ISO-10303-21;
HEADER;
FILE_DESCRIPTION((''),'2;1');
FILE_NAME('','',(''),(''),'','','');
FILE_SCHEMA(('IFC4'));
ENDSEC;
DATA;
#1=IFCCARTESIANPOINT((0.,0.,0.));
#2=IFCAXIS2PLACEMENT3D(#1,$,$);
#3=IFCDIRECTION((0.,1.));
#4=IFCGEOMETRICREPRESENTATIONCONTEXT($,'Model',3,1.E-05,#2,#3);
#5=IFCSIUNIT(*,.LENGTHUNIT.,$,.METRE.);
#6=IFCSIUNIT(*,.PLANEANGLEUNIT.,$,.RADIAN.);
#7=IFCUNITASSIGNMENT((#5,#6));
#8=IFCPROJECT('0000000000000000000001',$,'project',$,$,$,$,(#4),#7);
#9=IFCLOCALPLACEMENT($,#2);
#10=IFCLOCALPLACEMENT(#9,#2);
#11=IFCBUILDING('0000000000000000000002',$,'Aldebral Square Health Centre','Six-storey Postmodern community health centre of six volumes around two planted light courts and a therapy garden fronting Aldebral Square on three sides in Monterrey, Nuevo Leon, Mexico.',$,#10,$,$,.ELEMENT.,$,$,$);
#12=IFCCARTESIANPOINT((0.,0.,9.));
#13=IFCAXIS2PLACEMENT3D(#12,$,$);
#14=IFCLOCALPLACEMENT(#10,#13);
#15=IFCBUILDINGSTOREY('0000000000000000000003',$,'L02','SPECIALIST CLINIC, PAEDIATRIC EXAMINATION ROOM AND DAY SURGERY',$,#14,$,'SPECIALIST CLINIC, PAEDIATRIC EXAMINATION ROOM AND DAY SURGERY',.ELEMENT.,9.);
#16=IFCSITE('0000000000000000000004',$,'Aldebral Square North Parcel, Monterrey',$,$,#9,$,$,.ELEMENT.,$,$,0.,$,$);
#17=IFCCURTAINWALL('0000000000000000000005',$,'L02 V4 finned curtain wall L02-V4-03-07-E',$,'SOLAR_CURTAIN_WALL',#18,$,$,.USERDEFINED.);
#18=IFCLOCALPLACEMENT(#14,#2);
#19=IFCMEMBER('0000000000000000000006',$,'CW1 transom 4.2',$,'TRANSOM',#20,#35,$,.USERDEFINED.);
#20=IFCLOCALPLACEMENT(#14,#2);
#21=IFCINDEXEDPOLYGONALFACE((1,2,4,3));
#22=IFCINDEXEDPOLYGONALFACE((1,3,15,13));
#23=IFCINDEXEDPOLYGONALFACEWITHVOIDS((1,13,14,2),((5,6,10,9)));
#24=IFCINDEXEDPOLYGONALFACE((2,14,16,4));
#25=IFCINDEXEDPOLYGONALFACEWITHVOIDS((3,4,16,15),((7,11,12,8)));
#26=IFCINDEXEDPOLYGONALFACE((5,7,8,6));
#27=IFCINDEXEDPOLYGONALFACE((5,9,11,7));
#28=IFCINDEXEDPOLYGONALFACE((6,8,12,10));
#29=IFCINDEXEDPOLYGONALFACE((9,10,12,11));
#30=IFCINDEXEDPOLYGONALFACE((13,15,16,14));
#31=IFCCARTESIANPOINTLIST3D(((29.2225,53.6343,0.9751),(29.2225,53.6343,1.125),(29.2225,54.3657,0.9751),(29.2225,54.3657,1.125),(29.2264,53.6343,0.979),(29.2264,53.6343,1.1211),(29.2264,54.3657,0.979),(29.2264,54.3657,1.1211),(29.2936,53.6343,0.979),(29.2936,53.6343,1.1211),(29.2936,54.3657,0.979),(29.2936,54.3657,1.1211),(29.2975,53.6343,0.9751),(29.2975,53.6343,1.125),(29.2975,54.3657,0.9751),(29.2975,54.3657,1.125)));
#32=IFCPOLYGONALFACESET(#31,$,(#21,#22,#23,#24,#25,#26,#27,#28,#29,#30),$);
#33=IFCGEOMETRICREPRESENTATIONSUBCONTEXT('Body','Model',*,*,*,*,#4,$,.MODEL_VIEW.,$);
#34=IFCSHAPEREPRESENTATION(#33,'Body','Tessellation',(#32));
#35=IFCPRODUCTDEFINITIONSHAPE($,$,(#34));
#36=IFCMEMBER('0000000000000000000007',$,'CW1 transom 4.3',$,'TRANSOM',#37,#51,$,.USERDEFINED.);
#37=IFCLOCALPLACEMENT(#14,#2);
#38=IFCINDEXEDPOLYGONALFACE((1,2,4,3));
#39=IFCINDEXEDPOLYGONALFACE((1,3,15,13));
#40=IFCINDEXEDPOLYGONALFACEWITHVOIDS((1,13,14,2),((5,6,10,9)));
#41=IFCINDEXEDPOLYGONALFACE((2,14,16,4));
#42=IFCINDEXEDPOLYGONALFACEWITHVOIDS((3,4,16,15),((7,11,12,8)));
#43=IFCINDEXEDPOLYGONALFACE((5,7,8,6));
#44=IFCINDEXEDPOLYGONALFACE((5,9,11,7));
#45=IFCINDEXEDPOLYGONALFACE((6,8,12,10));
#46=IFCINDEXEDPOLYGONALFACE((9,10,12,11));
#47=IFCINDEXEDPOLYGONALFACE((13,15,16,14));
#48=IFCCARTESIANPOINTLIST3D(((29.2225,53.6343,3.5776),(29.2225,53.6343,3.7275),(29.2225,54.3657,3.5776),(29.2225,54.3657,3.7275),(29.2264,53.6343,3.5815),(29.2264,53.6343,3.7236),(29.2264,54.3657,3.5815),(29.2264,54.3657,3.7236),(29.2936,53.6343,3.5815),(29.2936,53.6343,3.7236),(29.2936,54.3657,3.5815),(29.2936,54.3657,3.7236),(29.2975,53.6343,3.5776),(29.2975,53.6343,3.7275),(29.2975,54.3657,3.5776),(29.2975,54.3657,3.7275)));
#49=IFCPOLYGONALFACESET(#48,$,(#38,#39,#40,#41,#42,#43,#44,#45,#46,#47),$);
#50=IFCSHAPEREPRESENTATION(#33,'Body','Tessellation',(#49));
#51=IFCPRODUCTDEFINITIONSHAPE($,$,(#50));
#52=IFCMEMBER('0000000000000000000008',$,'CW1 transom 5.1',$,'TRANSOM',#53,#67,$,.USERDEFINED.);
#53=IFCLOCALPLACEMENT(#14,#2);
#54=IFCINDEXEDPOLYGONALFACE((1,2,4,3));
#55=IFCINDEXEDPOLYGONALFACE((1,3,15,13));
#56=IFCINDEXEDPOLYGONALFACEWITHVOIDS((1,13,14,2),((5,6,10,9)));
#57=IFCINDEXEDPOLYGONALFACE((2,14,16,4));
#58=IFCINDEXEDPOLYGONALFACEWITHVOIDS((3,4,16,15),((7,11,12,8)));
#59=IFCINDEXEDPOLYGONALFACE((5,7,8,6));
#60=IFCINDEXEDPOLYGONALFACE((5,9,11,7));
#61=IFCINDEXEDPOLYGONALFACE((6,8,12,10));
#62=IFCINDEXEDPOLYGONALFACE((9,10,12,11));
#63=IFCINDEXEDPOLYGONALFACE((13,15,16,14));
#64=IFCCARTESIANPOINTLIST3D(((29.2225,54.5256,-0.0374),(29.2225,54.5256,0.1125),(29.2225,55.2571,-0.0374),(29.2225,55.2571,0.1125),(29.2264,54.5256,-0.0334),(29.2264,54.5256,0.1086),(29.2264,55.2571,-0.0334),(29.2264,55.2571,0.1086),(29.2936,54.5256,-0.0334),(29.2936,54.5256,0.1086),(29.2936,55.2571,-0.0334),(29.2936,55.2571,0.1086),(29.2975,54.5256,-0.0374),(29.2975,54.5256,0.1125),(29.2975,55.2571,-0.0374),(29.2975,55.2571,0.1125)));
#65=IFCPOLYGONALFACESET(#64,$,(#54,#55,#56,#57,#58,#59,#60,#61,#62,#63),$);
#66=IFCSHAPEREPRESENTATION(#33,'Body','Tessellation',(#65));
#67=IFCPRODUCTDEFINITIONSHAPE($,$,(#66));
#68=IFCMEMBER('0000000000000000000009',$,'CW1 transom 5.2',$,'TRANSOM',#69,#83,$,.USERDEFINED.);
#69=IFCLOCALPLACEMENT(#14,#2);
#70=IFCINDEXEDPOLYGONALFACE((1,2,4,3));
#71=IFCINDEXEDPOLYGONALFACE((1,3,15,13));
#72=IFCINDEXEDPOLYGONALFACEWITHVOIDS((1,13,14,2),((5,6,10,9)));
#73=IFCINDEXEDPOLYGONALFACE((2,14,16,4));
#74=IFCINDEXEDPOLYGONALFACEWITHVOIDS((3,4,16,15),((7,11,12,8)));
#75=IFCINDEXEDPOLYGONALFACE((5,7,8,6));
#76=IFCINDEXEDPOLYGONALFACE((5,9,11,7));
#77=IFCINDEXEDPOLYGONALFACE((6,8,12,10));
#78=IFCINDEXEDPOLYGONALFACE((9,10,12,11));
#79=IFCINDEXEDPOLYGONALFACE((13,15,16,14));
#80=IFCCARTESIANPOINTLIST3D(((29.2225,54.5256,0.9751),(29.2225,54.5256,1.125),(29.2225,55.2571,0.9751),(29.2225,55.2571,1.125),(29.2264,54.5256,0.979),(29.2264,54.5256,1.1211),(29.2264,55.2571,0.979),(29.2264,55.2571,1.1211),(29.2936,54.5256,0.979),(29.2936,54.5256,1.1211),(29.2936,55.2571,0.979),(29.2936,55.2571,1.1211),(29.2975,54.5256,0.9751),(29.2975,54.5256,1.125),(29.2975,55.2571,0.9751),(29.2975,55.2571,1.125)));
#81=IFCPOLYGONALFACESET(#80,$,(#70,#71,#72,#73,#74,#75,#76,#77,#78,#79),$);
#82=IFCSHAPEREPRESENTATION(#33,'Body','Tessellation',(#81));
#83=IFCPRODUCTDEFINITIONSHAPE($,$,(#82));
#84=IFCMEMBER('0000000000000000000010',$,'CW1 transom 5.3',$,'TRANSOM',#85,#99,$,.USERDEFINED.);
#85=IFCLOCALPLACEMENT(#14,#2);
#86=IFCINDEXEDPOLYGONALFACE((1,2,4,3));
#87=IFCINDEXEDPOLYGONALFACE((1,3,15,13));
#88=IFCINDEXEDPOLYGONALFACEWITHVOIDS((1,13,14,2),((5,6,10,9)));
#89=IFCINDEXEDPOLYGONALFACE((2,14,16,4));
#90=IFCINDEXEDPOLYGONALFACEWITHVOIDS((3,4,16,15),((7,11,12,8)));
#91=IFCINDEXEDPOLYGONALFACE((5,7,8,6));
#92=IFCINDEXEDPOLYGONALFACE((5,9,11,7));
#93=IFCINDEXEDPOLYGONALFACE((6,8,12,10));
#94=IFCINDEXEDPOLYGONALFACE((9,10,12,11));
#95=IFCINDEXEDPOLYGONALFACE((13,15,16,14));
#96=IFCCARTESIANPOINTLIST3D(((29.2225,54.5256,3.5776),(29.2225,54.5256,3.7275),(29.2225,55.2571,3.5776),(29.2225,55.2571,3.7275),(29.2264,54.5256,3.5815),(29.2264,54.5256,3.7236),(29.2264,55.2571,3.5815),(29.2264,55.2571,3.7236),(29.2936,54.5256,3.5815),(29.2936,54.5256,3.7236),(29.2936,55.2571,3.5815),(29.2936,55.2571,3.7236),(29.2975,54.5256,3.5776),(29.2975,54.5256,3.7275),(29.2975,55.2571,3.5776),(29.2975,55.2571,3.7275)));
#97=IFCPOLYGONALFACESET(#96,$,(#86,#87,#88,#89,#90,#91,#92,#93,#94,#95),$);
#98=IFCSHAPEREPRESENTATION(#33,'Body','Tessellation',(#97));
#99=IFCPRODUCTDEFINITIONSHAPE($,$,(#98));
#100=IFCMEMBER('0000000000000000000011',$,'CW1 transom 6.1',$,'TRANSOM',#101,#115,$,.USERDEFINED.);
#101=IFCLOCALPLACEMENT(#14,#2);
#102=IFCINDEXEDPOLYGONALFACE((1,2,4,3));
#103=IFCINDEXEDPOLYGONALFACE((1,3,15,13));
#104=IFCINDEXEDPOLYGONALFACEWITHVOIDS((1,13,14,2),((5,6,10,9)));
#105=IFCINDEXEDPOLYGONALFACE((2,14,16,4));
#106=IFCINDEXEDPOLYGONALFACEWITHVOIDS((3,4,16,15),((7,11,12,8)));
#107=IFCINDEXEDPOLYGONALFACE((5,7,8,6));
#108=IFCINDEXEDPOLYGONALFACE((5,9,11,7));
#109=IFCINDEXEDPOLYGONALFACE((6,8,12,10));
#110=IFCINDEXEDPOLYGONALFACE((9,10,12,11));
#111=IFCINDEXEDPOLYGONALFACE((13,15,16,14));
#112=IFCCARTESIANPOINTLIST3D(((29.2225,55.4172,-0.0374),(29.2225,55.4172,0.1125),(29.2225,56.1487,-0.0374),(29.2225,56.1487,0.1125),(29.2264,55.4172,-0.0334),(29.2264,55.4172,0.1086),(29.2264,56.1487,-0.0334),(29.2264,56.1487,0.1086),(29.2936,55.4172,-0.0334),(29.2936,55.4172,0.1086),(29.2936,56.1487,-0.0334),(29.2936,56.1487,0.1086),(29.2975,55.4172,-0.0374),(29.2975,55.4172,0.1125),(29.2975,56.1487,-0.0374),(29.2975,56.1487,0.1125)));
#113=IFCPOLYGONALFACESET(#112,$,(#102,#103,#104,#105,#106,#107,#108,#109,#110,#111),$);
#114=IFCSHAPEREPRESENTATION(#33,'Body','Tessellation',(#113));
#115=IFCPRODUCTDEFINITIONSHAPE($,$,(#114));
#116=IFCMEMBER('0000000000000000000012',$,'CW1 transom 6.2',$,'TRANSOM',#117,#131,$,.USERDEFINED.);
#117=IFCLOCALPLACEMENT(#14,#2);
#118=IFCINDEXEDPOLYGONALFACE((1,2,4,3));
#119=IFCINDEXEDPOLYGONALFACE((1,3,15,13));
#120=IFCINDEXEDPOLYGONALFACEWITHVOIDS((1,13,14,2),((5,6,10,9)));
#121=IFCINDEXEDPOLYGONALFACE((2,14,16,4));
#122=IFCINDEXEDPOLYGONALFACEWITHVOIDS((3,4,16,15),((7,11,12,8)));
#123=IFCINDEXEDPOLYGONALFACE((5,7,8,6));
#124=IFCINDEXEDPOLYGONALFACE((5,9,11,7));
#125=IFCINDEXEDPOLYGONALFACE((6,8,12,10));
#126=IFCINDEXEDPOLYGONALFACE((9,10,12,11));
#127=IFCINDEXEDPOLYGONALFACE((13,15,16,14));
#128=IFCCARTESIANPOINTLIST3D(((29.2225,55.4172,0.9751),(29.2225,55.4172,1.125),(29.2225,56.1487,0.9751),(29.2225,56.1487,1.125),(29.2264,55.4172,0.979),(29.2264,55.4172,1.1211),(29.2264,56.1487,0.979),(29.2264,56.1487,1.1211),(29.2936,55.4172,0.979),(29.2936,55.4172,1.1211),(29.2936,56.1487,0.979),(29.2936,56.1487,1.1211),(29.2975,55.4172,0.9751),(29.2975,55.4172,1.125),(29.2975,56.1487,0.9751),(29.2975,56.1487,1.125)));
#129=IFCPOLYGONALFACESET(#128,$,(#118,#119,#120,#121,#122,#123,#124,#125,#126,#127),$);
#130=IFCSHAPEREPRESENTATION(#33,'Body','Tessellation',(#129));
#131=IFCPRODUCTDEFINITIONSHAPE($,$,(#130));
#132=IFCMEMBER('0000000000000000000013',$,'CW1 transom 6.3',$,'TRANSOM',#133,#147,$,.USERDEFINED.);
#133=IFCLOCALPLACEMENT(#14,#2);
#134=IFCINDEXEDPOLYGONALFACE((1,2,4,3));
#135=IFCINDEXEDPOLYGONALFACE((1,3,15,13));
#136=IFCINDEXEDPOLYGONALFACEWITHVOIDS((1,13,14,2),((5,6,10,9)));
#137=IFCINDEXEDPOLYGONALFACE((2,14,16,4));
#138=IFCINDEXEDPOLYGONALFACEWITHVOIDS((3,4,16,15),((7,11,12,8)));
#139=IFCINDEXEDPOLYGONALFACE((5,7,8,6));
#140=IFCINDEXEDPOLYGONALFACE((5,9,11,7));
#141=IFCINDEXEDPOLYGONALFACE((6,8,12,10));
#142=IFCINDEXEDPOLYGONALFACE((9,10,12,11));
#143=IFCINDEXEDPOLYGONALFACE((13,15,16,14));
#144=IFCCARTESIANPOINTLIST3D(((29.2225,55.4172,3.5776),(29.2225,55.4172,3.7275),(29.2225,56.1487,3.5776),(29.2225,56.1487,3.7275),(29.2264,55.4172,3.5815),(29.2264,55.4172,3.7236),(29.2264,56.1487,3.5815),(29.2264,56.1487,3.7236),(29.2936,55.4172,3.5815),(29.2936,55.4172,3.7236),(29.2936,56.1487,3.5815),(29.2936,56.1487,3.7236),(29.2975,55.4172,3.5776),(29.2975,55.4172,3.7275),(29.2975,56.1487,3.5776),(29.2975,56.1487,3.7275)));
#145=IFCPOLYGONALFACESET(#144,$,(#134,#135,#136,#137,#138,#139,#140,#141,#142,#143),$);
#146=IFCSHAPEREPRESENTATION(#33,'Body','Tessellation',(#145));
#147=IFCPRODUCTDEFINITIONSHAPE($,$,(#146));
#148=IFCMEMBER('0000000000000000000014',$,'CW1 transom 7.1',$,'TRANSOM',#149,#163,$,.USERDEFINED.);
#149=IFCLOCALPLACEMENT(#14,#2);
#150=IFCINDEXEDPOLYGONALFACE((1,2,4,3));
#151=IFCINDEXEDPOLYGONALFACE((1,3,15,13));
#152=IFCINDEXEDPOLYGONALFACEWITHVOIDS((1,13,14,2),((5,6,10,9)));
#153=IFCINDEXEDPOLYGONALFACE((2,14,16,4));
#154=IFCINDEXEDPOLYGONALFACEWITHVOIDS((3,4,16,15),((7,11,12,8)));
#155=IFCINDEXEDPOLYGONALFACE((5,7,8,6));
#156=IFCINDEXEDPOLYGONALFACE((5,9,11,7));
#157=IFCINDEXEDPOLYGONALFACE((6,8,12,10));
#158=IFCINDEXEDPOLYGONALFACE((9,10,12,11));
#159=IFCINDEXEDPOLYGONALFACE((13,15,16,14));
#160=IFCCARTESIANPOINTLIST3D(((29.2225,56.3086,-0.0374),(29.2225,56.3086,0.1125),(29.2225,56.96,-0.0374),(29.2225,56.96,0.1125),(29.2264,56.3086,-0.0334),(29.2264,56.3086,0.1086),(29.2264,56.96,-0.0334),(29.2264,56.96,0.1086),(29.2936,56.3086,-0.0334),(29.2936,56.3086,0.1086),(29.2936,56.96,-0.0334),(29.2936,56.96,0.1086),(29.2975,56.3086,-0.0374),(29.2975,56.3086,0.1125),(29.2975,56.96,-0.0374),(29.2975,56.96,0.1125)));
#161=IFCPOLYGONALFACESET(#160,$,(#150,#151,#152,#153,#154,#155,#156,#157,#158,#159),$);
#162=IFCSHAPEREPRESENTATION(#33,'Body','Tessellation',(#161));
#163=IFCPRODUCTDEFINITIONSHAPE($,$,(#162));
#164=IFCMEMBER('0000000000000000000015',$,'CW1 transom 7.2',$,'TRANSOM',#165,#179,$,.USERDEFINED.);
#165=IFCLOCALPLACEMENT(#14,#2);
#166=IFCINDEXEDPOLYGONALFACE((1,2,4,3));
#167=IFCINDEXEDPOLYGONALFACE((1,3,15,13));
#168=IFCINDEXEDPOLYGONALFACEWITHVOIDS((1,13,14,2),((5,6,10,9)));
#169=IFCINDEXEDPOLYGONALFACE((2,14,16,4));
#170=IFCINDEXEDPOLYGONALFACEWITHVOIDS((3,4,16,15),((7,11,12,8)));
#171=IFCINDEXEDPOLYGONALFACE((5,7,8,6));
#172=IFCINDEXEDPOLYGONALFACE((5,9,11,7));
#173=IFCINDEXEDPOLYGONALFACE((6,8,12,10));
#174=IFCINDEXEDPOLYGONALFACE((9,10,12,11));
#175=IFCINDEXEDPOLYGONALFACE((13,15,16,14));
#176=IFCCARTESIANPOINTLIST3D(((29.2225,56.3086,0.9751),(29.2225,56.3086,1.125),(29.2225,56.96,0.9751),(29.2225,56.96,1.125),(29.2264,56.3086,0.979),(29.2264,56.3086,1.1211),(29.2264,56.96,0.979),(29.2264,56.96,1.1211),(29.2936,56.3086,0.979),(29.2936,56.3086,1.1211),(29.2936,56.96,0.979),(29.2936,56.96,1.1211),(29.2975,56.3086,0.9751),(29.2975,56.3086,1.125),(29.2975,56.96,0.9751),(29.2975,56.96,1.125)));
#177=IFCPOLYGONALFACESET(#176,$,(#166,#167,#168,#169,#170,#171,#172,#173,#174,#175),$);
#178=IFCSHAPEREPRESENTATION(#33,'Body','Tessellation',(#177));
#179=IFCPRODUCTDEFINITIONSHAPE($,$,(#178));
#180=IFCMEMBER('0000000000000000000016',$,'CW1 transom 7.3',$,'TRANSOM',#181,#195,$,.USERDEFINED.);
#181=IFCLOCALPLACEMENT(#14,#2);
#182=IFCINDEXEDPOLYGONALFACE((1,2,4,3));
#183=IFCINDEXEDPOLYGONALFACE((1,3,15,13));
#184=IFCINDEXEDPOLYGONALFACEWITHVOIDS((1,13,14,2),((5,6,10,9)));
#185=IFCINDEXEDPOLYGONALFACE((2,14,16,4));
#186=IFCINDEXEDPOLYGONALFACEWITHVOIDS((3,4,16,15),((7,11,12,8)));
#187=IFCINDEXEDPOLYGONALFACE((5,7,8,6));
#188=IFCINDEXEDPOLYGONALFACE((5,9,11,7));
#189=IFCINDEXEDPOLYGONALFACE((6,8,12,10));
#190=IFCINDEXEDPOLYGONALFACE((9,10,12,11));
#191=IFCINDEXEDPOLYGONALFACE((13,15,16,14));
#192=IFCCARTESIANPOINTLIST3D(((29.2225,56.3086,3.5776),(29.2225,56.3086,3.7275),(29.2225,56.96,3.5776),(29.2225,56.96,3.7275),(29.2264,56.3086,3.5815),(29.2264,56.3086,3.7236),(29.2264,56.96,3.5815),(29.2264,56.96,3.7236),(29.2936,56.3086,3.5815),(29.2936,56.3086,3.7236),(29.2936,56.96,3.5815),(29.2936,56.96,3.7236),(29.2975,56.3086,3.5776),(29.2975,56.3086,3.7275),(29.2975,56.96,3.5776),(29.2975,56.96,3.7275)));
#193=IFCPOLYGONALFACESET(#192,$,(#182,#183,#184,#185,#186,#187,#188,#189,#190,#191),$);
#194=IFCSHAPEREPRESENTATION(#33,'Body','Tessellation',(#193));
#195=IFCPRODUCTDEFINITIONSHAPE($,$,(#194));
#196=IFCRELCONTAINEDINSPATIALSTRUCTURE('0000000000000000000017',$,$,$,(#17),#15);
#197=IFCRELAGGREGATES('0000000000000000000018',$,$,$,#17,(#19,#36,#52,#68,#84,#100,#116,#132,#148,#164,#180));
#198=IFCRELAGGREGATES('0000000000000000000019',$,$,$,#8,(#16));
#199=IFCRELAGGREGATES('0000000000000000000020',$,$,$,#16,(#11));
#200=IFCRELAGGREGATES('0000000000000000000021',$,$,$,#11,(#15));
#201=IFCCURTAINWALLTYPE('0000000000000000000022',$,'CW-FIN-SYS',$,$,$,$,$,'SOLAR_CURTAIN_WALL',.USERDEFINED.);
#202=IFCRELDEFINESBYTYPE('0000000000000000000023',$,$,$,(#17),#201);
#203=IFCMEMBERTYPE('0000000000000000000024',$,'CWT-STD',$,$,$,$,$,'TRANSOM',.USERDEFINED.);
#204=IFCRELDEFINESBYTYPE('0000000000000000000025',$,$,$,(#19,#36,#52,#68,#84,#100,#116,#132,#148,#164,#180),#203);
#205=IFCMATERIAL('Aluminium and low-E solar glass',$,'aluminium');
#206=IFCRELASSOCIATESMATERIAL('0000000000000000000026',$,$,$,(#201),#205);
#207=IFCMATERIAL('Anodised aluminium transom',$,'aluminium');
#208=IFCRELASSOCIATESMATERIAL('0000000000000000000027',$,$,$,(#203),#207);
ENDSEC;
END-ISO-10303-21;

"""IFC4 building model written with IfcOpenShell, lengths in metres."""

from ifc_helpers import new_model, si_unit, direction, frame, origin, origin_2d, place, context, subcontext, project, spatial, hollow_rectangle, extrude, material, material_profile, profile_set, type_object, element, aggregate, save


model = new_model("IFC4")

# Units and contexts
model_context = context("Model", 3, precision=1e-05, world=origin(), true_north=direction((0.0, 1.0)))
body_context = subcontext(model_context, "Body", "Model", "MODEL_VIEW")
ifc_project = project(units=[si_unit("LENGTHUNIT", "METRE"), si_unit("PLANEANGLEUNIT", "RADIAN")], contexts=[model_context])

# Site, building, storey
site_placement = place(None, origin())
site = spatial("IfcSite", under=ifc_project, at=site_placement, Name="Aldebral Square North Parcel, Monterrey", CompositionType="ELEMENT", RefElevation=0.0)
building_placement = place(site_placement, origin())
building = spatial("IfcBuilding", under=site, at=building_placement, Name="Aldebral Square Health Centre", Description="Six-storey Postmodern community health centre of six volumes around two planted light courts and a therapy garden fronting Aldebral Square on three sides in Monterrey, Nuevo Leon, Mexico.", CompositionType="ELEMENT")
storey_placement = place(building_placement, frame((0.0, 0.0, 9.0)))
storey = spatial("IfcBuildingStorey", under=building, at=storey_placement, Name="L02", Description="SPECIALIST CLINIC, PAEDIATRIC EXAMINATION ROOM AND DAY SURGERY", LongName="SPECIALIST CLINIC, PAEDIATRIC EXAMINATION ROOM AND DAY SURGERY", CompositionType="ELEMENT", Elevation=9.0)

# Curtain wall, members
ifc_material_1 = material(Name="Aluminium and low-E solar glass", Category="aluminium")
curtain_wall_type = type_object("IfcCurtainWallType", Name="CW-FIN-SYS", ElementType="SOLAR_CURTAIN_WALL", PredefinedType="USERDEFINED", material=ifc_material_1)
curtain_wall_placement = place(storey_placement, origin())
curtain_wall = element("IfcCurtainWall", 1, at=curtain_wall_placement, inside=storey, type_object=curtain_wall_type, Name="L02 V4 finned curtain wall L02-V4-03-07-E", ObjectType="SOLAR_CURTAIN_WALL", PredefinedType="USERDEFINED")
ifc_material_2 = material(Name="Anodised aluminium transom", Category="aluminium")
ifc_material_profile_1 = material_profile(ifc_material_2, hollow_rectangle(XDim=0.075, YDim=0.1499, WallThickness=0.0039, at=origin_2d()), Name="CWT 75x150x4")
ifc_profile_set_1 = profile_set([ifc_material_profile_1], Name="Anodised aluminium transom")
member_type_1 = type_object("IfcMemberType", Name="CWT-STD", ElementType="TRANSOM", PredefinedType="USERDEFINED", material=ifc_profile_set_1)
member_1_placement = place(storey_placement, frame((29.26, 53.6343, 1.05), z_axis=(0.0, 1.0, 0.0), x_axis=(-1.0, 0.0, 0.0)))
member_1 = element("IfcMember", 2, at=member_1_placement, type_object=member_type_1, Name="CW1 transom 4.2", ObjectType="TRANSOM", PredefinedType="USERDEFINED", context=body_context, shape_type="SweptSolid", body=[
    extrude(hollow_rectangle(XDim=0.075, YDim=0.1499, WallThickness=0.0039, at=origin_2d()), origin(), (0.0, 0.0, 1.0), 0.7314),
])
member_2_placement = place(storey_placement, frame((29.26, 53.6343, 3.6526), z_axis=(0.0, 1.0, 0.0), x_axis=(-1.0, 0.0, 0.0)))
member_2 = element("IfcMember", 3, at=member_2_placement, type_object=member_type_1, Name="CW1 transom 4.3", ObjectType="TRANSOM", PredefinedType="USERDEFINED", context=body_context, shape_type="SweptSolid", body=[
    extrude(hollow_rectangle(XDim=0.075, YDim=0.1499, WallThickness=0.0039, at=origin_2d()), origin(), (0.0, 0.0, 1.0), 0.7314),
])
member_3_placement = place(storey_placement, frame((29.26, 54.5256, 0.0376), z_axis=(0.0, 1.0, 0.0), x_axis=(-1.0, 0.0, 0.0)))
member_3 = element("IfcMember", 4, at=member_3_placement, type_object=member_type_1, Name="CW1 transom 5.1", ObjectType="TRANSOM", PredefinedType="USERDEFINED", context=body_context, shape_type="SweptSolid", body=[
    extrude(hollow_rectangle(XDim=0.075, YDim=0.1499, WallThickness=0.0039, at=origin_2d()), origin(), (0.0, 0.0, 1.0), 0.7314),
])
member_4_placement = place(storey_placement, frame((29.26, 54.5256, 1.05), z_axis=(0.0, 1.0, 0.0), x_axis=(-1.0, 0.0, 0.0)))
member_4 = element("IfcMember", 5, at=member_4_placement, type_object=member_type_1, Name="CW1 transom 5.2", ObjectType="TRANSOM", PredefinedType="USERDEFINED", context=body_context, shape_type="SweptSolid", body=[
    extrude(hollow_rectangle(XDim=0.075, YDim=0.1499, WallThickness=0.0039, at=origin_2d()), origin(), (0.0, 0.0, 1.0), 0.7314),
])
member_5_placement = place(storey_placement, frame((29.26, 54.5256, 3.6526), z_axis=(0.0, 1.0, 0.0), x_axis=(-1.0, 0.0, 0.0)))
member_5 = element("IfcMember", 6, at=member_5_placement, type_object=member_type_1, Name="CW1 transom 5.3", ObjectType="TRANSOM", PredefinedType="USERDEFINED", context=body_context, shape_type="SweptSolid", body=[
    extrude(hollow_rectangle(XDim=0.075, YDim=0.1499, WallThickness=0.0039, at=origin_2d()), origin(), (0.0, 0.0, 1.0), 0.7314),
])
member_6_placement = place(storey_placement, frame((29.26, 55.4172, 0.0376), z_axis=(0.0, 1.0, 0.0), x_axis=(-1.0, 0.0, 0.0)))
member_6 = element("IfcMember", 7, at=member_6_placement, type_object=member_type_1, Name="CW1 transom 6.1", ObjectType="TRANSOM", PredefinedType="USERDEFINED", context=body_context, shape_type="SweptSolid", body=[
    extrude(hollow_rectangle(XDim=0.075, YDim=0.1499, WallThickness=0.0039, at=origin_2d()), origin(), (0.0, 0.0, 1.0), 0.7314),
])
member_7_placement = place(storey_placement, frame((29.26, 55.4172, 1.05), z_axis=(0.0, 1.0, 0.0), x_axis=(-1.0, 0.0, 0.0)))
member_7 = element("IfcMember", 8, at=member_7_placement, type_object=member_type_1, Name="CW1 transom 6.2", ObjectType="TRANSOM", PredefinedType="USERDEFINED", context=body_context, shape_type="SweptSolid", body=[
    extrude(hollow_rectangle(XDim=0.075, YDim=0.1499, WallThickness=0.0039, at=origin_2d()), origin(), (0.0, 0.0, 1.0), 0.7314),
])
member_8_placement = place(storey_placement, frame((29.26, 55.4172, 3.6526), z_axis=(0.0, 1.0, 0.0), x_axis=(-1.0, 0.0, 0.0)))
member_8 = element("IfcMember", 9, at=member_8_placement, type_object=member_type_1, Name="CW1 transom 6.3", ObjectType="TRANSOM", PredefinedType="USERDEFINED", context=body_context, shape_type="SweptSolid", body=[
    extrude(hollow_rectangle(XDim=0.075, YDim=0.1499, WallThickness=0.0039, at=origin_2d()), origin(), (0.0, 0.0, 1.0), 0.7314),
])
member_9_placement = place(storey_placement, frame((29.26, 56.3086, 0.0376), z_axis=(0.0, 1.0, 0.0), x_axis=(-1.0, 0.0, 0.0)))
member_9 = element("IfcMember", 10, at=member_9_placement, type_object=member_type_1, Name="CW1 transom 7.1", ObjectType="TRANSOM", PredefinedType="USERDEFINED", context=body_context, shape_type="SweptSolid", body=[
    extrude(hollow_rectangle(XDim=0.075, YDim=0.1499, WallThickness=0.0039, at=origin_2d()), origin(), (0.0, 0.0, 1.0), 0.6514),
])
member_10_placement = place(storey_placement, frame((29.26, 56.3086, 1.05), z_axis=(0.0, 1.0, 0.0), x_axis=(-1.0, 0.0, 0.0)))
member_10 = element("IfcMember", 11, at=member_10_placement, type_object=member_type_1, Name="CW1 transom 7.2", ObjectType="TRANSOM", PredefinedType="USERDEFINED", context=body_context, shape_type="SweptSolid", body=[
    extrude(hollow_rectangle(XDim=0.075, YDim=0.1499, WallThickness=0.0039, at=origin_2d()), origin(), (0.0, 0.0, 1.0), 0.6514),
])
member_11_placement = place(storey_placement, frame((29.26, 56.3086, 3.6526), z_axis=(0.0, 1.0, 0.0), x_axis=(-1.0, 0.0, 0.0)))
member_11 = element("IfcMember", 12, at=member_11_placement, type_object=member_type_1, Name="CW1 transom 7.3", ObjectType="TRANSOM", PredefinedType="USERDEFINED", context=body_context, shape_type="SweptSolid", body=[
    extrude(hollow_rectangle(XDim=0.075, YDim=0.1499, WallThickness=0.0039, at=origin_2d()), origin(), (0.0, 0.0, 1.0), 0.6514),
])
aggregate(curtain_wall, [member_1, member_2, member_3, member_4, member_5, member_6, member_7, member_8, member_9, member_10, member_11])

save(model, "model.ifc")
